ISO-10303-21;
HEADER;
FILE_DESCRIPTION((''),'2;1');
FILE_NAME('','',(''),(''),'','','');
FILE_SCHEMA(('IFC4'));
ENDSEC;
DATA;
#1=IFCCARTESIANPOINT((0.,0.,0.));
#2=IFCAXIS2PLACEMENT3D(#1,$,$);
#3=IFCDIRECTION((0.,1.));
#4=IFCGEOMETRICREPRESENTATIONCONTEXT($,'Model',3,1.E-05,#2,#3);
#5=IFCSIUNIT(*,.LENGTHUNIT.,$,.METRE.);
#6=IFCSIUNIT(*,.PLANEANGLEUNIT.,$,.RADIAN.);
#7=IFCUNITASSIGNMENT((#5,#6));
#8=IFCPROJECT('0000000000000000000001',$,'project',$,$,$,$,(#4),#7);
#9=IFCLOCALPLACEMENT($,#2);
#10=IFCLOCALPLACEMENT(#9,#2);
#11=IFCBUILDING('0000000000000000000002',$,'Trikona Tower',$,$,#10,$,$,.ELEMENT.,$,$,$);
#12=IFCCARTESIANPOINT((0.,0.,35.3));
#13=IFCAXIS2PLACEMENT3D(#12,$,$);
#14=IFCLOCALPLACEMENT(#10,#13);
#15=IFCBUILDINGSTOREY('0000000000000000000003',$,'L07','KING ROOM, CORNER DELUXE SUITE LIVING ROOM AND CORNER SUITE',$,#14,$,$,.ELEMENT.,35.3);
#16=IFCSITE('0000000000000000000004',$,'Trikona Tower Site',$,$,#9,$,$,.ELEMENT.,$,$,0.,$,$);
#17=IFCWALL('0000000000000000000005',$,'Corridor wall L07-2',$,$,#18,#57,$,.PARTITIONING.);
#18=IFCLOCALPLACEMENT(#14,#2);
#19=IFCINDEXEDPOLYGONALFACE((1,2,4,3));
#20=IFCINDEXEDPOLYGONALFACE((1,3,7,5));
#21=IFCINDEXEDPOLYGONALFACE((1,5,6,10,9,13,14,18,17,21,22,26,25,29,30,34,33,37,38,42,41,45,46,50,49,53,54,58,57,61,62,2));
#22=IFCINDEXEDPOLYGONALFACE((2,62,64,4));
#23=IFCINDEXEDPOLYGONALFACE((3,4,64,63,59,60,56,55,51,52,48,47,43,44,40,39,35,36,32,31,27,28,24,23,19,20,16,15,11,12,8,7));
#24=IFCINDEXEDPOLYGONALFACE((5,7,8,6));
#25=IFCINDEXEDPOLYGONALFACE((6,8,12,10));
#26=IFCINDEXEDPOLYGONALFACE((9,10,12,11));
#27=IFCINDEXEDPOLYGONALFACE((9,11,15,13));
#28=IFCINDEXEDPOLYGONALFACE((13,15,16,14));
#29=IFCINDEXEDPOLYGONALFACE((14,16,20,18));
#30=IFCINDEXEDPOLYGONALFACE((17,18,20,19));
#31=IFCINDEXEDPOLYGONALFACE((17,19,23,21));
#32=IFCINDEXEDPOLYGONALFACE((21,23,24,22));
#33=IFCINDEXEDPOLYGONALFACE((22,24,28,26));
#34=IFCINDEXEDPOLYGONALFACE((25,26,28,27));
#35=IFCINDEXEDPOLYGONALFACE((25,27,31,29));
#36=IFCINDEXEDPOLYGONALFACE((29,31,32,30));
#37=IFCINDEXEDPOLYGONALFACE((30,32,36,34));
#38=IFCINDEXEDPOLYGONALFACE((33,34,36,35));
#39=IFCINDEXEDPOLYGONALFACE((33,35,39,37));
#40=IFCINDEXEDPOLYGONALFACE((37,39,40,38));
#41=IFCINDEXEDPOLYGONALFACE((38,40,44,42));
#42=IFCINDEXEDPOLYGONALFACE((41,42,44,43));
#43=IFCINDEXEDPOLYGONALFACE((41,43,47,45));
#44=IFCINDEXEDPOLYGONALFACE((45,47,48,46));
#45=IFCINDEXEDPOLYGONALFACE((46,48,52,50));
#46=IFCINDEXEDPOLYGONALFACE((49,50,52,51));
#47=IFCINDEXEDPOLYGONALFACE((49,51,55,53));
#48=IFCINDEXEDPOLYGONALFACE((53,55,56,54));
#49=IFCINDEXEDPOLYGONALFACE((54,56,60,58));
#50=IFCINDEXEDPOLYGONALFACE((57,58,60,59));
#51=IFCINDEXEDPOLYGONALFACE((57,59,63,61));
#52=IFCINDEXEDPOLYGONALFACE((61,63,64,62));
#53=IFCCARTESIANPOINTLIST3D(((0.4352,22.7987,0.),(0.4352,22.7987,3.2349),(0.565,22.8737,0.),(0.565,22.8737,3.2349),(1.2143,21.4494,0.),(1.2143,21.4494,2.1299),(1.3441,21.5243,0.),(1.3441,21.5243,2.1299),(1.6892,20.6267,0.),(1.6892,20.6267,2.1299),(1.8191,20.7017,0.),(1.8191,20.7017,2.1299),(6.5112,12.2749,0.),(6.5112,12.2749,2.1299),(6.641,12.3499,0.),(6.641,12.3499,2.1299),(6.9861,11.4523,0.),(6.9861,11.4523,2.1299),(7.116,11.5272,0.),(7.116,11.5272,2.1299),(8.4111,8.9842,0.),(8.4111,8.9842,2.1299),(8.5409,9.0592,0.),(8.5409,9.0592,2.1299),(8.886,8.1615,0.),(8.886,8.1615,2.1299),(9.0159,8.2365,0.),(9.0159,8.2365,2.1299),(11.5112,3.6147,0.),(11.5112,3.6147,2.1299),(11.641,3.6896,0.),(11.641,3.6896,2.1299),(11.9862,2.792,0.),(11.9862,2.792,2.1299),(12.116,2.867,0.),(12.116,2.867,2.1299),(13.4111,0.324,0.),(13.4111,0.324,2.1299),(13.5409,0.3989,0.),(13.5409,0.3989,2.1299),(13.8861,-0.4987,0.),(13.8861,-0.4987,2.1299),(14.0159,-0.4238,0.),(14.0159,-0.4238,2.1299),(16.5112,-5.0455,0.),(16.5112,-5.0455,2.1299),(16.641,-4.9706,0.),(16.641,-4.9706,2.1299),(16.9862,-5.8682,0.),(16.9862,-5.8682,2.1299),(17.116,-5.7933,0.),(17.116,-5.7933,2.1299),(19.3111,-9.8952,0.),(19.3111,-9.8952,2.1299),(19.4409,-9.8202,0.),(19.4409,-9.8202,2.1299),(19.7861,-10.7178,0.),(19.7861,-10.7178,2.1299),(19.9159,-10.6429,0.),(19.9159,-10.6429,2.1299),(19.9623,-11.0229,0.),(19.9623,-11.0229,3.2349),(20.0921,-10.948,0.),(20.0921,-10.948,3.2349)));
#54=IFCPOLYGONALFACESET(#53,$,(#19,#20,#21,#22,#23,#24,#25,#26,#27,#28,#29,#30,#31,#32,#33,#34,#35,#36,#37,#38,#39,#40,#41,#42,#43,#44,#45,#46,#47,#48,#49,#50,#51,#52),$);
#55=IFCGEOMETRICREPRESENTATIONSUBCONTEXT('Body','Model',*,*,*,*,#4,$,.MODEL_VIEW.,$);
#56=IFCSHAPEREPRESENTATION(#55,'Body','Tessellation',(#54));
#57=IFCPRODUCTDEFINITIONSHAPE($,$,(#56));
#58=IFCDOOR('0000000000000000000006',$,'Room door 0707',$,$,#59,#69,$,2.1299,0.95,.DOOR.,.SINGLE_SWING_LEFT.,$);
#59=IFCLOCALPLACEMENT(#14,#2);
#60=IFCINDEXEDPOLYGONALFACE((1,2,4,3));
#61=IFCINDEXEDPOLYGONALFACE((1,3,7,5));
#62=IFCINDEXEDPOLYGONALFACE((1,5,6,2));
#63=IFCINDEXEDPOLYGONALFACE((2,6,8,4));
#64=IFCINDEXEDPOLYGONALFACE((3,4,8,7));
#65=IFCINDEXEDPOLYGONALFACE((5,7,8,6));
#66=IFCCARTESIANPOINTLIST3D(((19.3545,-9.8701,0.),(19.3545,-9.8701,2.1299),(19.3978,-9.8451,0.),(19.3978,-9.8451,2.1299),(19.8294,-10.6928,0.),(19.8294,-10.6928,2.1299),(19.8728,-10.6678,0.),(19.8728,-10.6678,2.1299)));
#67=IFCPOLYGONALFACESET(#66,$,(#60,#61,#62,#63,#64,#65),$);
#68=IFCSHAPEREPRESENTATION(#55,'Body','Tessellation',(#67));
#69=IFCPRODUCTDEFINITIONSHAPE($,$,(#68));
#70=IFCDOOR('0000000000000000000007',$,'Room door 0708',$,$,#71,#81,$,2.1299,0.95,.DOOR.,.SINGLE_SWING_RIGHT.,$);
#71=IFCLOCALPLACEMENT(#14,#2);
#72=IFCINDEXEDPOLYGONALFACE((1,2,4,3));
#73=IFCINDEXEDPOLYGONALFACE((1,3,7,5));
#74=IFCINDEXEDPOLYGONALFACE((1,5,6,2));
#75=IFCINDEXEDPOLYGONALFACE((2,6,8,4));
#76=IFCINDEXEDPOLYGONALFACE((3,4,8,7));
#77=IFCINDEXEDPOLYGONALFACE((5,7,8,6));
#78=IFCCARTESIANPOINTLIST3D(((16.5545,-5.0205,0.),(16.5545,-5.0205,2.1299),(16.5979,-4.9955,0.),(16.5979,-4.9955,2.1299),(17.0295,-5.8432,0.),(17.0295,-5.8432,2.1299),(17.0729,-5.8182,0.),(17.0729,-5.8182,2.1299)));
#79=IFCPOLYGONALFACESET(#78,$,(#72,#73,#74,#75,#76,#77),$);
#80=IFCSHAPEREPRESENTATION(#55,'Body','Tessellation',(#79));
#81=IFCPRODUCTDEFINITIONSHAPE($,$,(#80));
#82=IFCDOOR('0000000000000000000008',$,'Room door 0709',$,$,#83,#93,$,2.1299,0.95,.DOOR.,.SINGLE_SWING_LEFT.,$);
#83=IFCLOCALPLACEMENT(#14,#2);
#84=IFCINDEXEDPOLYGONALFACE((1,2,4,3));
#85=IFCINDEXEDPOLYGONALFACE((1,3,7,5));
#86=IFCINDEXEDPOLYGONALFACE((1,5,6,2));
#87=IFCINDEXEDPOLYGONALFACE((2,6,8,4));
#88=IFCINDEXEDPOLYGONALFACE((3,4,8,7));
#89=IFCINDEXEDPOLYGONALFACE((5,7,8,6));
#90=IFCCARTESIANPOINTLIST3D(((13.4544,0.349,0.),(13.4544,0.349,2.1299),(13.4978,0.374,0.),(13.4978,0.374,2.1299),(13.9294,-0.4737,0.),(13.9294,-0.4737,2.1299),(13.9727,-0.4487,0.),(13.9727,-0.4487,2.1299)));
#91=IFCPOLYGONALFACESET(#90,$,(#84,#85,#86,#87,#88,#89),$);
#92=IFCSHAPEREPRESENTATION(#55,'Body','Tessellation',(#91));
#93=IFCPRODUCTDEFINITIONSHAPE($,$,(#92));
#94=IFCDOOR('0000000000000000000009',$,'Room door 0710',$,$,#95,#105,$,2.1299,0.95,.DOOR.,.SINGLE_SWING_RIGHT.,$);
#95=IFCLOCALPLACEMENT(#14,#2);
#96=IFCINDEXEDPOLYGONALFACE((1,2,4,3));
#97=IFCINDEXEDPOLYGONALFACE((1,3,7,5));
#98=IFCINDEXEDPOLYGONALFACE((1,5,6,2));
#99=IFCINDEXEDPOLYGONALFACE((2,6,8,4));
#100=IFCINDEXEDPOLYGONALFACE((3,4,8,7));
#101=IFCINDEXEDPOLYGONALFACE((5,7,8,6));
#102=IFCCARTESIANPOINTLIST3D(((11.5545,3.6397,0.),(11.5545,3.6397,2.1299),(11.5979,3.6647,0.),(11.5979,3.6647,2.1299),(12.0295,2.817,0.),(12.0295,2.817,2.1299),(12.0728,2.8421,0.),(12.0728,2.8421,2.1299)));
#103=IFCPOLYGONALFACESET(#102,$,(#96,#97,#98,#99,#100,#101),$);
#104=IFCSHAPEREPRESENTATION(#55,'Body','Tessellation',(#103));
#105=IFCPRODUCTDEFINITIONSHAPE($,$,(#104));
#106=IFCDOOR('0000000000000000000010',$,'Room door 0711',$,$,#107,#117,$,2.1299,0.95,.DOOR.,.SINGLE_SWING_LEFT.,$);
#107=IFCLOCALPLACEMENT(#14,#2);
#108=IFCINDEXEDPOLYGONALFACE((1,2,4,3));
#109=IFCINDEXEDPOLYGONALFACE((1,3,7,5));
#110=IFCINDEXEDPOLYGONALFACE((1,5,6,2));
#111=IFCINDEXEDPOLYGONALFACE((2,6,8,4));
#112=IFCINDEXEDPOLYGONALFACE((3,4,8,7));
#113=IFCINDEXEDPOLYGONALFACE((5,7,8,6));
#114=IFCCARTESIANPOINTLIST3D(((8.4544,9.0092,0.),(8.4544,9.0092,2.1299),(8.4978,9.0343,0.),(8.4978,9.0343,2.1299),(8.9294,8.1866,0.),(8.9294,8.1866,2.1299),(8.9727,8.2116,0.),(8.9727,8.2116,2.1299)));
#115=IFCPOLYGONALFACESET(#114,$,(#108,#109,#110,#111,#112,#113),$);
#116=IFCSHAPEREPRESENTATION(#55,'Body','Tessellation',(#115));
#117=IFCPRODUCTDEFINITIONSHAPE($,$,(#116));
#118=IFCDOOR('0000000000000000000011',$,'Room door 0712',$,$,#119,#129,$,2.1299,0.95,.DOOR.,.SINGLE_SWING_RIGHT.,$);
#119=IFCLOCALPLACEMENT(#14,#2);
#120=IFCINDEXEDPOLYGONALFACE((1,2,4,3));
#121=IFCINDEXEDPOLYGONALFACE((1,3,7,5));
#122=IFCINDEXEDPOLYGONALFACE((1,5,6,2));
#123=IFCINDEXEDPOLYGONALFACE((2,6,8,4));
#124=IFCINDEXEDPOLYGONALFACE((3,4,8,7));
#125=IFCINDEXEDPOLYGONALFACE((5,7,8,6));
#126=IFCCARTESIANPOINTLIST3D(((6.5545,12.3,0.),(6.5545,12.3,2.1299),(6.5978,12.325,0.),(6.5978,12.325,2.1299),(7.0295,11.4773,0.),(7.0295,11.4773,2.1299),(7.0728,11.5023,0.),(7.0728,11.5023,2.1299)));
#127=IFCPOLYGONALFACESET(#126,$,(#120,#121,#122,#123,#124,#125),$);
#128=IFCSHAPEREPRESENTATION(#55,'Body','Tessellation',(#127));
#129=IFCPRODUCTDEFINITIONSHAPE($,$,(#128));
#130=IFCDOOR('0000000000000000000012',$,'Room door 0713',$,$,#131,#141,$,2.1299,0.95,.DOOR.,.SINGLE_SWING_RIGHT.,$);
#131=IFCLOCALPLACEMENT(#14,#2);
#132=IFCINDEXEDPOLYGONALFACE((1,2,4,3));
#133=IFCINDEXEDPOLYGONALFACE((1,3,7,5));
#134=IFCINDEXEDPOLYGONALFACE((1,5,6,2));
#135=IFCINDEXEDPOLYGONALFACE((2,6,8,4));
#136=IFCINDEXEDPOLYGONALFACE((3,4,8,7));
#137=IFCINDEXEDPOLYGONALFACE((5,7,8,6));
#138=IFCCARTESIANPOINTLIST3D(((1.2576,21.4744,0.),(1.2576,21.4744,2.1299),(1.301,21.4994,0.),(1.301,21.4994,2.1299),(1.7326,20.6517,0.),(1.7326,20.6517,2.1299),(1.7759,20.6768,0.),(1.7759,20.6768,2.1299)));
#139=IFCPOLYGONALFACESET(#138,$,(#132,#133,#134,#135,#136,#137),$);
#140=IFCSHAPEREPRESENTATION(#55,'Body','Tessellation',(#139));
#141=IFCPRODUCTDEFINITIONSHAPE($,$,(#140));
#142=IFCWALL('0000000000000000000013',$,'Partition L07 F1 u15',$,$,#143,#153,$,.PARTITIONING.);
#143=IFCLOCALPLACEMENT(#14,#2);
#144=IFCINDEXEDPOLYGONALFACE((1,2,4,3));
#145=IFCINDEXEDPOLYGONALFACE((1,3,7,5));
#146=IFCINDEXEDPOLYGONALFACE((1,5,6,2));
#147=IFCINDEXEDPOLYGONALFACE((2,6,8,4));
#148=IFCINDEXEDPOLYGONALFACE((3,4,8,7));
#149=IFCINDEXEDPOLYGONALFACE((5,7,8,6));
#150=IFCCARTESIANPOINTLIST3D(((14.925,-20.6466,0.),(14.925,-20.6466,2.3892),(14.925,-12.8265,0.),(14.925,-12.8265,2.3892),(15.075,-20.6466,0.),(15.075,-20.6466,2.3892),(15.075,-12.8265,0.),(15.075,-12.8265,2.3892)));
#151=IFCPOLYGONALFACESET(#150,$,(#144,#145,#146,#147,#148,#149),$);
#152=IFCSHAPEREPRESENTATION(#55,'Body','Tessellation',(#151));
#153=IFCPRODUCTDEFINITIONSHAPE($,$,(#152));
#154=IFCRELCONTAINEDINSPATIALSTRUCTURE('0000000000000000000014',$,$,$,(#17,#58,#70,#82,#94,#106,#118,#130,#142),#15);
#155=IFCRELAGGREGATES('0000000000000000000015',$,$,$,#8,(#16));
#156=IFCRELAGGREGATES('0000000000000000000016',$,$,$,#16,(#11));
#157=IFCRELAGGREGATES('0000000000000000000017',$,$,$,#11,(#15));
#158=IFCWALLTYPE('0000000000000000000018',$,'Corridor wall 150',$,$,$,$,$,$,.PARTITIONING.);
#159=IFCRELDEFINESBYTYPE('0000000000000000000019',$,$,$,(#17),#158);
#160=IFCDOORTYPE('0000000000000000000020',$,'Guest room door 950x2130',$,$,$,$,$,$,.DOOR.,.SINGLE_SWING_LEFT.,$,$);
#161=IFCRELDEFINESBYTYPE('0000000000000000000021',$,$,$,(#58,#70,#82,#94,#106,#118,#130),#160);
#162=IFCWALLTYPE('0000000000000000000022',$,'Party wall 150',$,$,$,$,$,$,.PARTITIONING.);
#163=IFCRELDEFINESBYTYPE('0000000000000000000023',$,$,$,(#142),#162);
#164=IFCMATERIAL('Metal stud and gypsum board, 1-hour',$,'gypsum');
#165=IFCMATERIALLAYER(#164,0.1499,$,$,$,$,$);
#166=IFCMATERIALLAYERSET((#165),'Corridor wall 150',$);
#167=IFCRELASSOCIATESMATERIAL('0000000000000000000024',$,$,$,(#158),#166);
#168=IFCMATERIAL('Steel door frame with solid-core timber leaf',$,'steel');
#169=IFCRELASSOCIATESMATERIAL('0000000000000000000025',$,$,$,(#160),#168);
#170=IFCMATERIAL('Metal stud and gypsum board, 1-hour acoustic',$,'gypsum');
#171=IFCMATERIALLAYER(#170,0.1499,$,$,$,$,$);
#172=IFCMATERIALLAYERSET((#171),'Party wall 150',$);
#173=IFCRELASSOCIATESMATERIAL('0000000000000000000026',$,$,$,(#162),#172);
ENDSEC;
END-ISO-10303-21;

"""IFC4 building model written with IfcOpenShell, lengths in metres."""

from ifc_helpers import new_model, si_unit, direction, frame, frame_2d, origin, place, context, subcontext, project, spatial, rectangle, extrude, material, layer, layer_set, type_object, element, fill, save


model = new_model("IFC4")

# Units and contexts
model_context = context("Model", 3, precision=1e-05, world=origin(), true_north=direction((0.0, 1.0)))
body_context = subcontext(model_context, "Body", "Model", "MODEL_VIEW")
ifc_project = project(units=[si_unit("LENGTHUNIT", "METRE"), si_unit("PLANEANGLEUNIT", "RADIAN")], contexts=[model_context])

# Site, building, storey
site_placement = place(None, origin())
site = spatial("IfcSite", under=ifc_project, at=site_placement, Name="Trikona Tower Site", CompositionType="ELEMENT", RefElevation=0.0)
building_placement = place(site_placement, origin())
building = spatial("IfcBuilding", under=site, at=building_placement, Name="Trikona Tower", CompositionType="ELEMENT")
storey_placement = place(building_placement, frame((0.0, 0.0, 35.3)))
storey = spatial("IfcBuildingStorey", under=building, at=storey_placement, Name="L07", Description="KING ROOM, CORNER DELUXE SUITE LIVING ROOM AND CORNER SUITE", CompositionType="ELEMENT", Elevation=35.3)

# Wall, openings, doors
ifc_material_1 = material(Name="Metal stud and gypsum board, 1-hour", Category="gypsum")
ifc_layer_1 = layer(ifc_material_1, 0.1499)
ifc_layer_set_1 = layer_set([ifc_layer_1], Name="Corridor wall 150")
wall_type_1 = type_object("IfcWallType", Name="Corridor wall 150", PredefinedType="PARTITIONING", material=ifc_layer_set_1)
wall_1_placement = place(storey_placement, frame((20.0271, -10.9854, 0.0), z_axis=(0.0, 0.0, 1.0), x_axis=(-0.500002, 0.866024, 0.0)))
wall_1 = element("IfcWall", 1, at=wall_1_placement, inside=storey, type_object=wall_type_1, Name="Corridor wall L07-2", PredefinedType="PARTITIONING", context=body_context, shape_type="SweptSolid", body=[
    extrude(rectangle(XDim=39.054, YDim=0.1499, at=frame_2d((19.5269, 0.0))), origin(), (0.0, 0.0, 1.0), 3.2349),
])
opening_1_placement = place(wall_1_placement, frame((0.3521, 0.0, 0.0)))
opening_1 = element("IfcOpeningElement", 2, at=opening_1_placement, cuts=wall_1, PredefinedType="OPENING", context=body_context, shape_type="SweptSolid", body=[
    extrude(rectangle(XDim=0.95, YDim=2.1299, at=frame_2d((0.4751, 1.0649))), frame((0.0, 0.085, 0.0), z_axis=(0.0, -1.0, 0.0), x_axis=(1.0, 0.0, 0.0)), (0.0, 0.0, 1.0), 0.1699),
])
opening_2_placement = place(wall_1_placement, frame((5.9519, 0.0, 0.0)))
opening_2 = element("IfcOpeningElement", 3, at=opening_2_placement, cuts=wall_1, PredefinedType="OPENING", context=body_context, shape_type="SweptSolid", body=[
    extrude(rectangle(XDim=0.95, YDim=2.1299, at=frame_2d((0.4751, 1.0649))), frame((0.0, 0.085, 0.0), z_axis=(0.0, -1.0, 0.0), x_axis=(1.0, 0.0, 0.0)), (0.0, 0.0, 1.0), 0.1699),
])
opening_3_placement = place(wall_1_placement, frame((12.1521, 0.0, 0.0)))
opening_3 = element("IfcOpeningElement", 4, at=opening_3_placement, cuts=wall_1, PredefinedType="OPENING", context=body_context, shape_type="SweptSolid", body=[
    extrude(rectangle(XDim=0.95, YDim=2.1299, at=frame_2d((0.4751, 1.0649))), frame((0.0, 0.085, 0.0), z_axis=(0.0, -1.0, 0.0), x_axis=(1.0, 0.0, 0.0)), (0.0, 0.0, 1.0), 0.1699),
])
opening_4_placement = place(wall_1_placement, frame((15.9519, 0.0, 0.0)))
opening_4 = element("IfcOpeningElement", 5, at=opening_4_placement, cuts=wall_1, PredefinedType="OPENING", context=body_context, shape_type="SweptSolid", body=[
    extrude(rectangle(XDim=0.95, YDim=2.1299, at=frame_2d((0.4751, 1.0649))), frame((0.0, 0.085, 0.0), z_axis=(0.0, -1.0, 0.0), x_axis=(1.0, 0.0, 0.0)), (0.0, 0.0, 1.0), 0.1699),
])
opening_5_placement = place(wall_1_placement, frame((22.1521, 0.0, 0.0)))
opening_5 = element("IfcOpeningElement", 6, at=opening_5_placement, cuts=wall_1, PredefinedType="OPENING", context=body_context, shape_type="SweptSolid", body=[
    extrude(rectangle(XDim=0.95, YDim=2.1299, at=frame_2d((0.4751, 1.0649))), frame((0.0, 0.085, 0.0), z_axis=(0.0, -1.0, 0.0), x_axis=(1.0, 0.0, 0.0)), (0.0, 0.0, 1.0), 0.1699),
])
opening_6_placement = place(wall_1_placement, frame((25.9519, 0.0, 0.0)))
opening_6 = element("IfcOpeningElement", 7, at=opening_6_placement, cuts=wall_1, PredefinedType="OPENING", context=body_context, shape_type="SweptSolid", body=[
    extrude(rectangle(XDim=0.95, YDim=2.1299, at=frame_2d((0.4751, 1.0649))), frame((0.0, 0.085, 0.0), z_axis=(0.0, -1.0, 0.0), x_axis=(1.0, 0.0, 0.0)), (0.0, 0.0, 1.0), 0.1699),
])
opening_7_placement = place(wall_1_placement, frame((36.5457, 0.0, 0.0)))
opening_7 = element("IfcOpeningElement", 8, at=opening_7_placement, cuts=wall_1, PredefinedType="OPENING", context=body_context, shape_type="SweptSolid", body=[
    extrude(rectangle(XDim=0.95, YDim=2.1299, at=frame_2d((0.4751, 1.0649))), frame((0.0, 0.085, 0.0), z_axis=(0.0, -1.0, 0.0), x_axis=(1.0, 0.0, 0.0)), (0.0, 0.0, 1.0), 0.1699),
])
ifc_material_2 = material(Name="Steel door frame with solid-core timber leaf", Category="steel")
door_type_1 = type_object("IfcDoorType", Name="Guest room door 950x2130", OperationType="SINGLE_SWING_LEFT", PredefinedType="DOOR", material=ifc_material_2)
door_1_placement = place(opening_1_placement, origin())
door_1 = element("IfcDoor", 9, at=door_1_placement, inside=storey, type_object=door_type_1, Name="Room door 0707", OperationType="SINGLE_SWING_LEFT", OverallHeight=2.1299, OverallWidth=0.95, PredefinedType="DOOR", context=body_context, shape_type="SweptSolid", body=[
    extrude(rectangle(XDim=0.95, YDim=2.1299, at=frame_2d((0.4751, 1.0649))), frame((0.0, 0.0249, 0.0), z_axis=(0.0, -1.0, 0.0), x_axis=(1.0, 0.0, 0.0)), (0.0, 0.0, 1.0), 0.05),
])
fill(opening_1, door_1)
door_2_placement = place(opening_2_placement, origin())
door_2 = element("IfcDoor", 10, at=door_2_placement, inside=storey, type_object=door_type_1, Name="Room door 0708", OperationType="SINGLE_SWING_RIGHT", OverallHeight=2.1299, OverallWidth=0.95, PredefinedType="DOOR", context=body_context, shape_type="SweptSolid", body=[
    extrude(rectangle(XDim=0.95, YDim=2.1299, at=frame_2d((0.4751, 1.0649))), frame((0.0, 0.0249, 0.0), z_axis=(0.0, -1.0, 0.0), x_axis=(1.0, 0.0, 0.0)), (0.0, 0.0, 1.0), 0.05),
])
fill(opening_2, door_2)
door_3_placement = place(opening_3_placement, origin())
door_3 = element("IfcDoor", 11, at=door_3_placement, inside=storey, type_object=door_type_1, Name="Room door 0709", OperationType="SINGLE_SWING_LEFT", OverallHeight=2.1299, OverallWidth=0.95, PredefinedType="DOOR", context=body_context, shape_type="SweptSolid", body=[
    extrude(rectangle(XDim=0.95, YDim=2.1299, at=frame_2d((0.4751, 1.0649))), frame((0.0, 0.0249, 0.0), z_axis=(0.0, -1.0, 0.0), x_axis=(1.0, 0.0, 0.0)), (0.0, 0.0, 1.0), 0.05),
])
fill(opening_3, door_3)
door_4_placement = place(opening_4_placement, origin())
door_4 = element("IfcDoor", 12, at=door_4_placement, inside=storey, type_object=door_type_1, Name="Room door 0710", OperationType="SINGLE_SWING_RIGHT", OverallHeight=2.1299, OverallWidth=0.95, PredefinedType="DOOR", context=body_context, shape_type="SweptSolid", body=[
    extrude(rectangle(XDim=0.95, YDim=2.1299, at=frame_2d((0.4751, 1.0649))), frame((0.0, 0.0249, 0.0), z_axis=(0.0, -1.0, 0.0), x_axis=(1.0, 0.0, 0.0)), (0.0, 0.0, 1.0), 0.05),
])
fill(opening_4, door_4)
door_5_placement = place(opening_5_placement, origin())
door_5 = element("IfcDoor", 13, at=door_5_placement, inside=storey, type_object=door_type_1, Name="Room door 0711", OperationType="SINGLE_SWING_LEFT", OverallHeight=2.1299, OverallWidth=0.95, PredefinedType="DOOR", context=body_context, shape_type="SweptSolid", body=[
    extrude(rectangle(XDim=0.95, YDim=2.1299, at=frame_2d((0.4751, 1.0649))), frame((0.0, 0.0249, 0.0), z_axis=(0.0, -1.0, 0.0), x_axis=(1.0, 0.0, 0.0)), (0.0, 0.0, 1.0), 0.05),
])
fill(opening_5, door_5)
door_6_placement = place(opening_6_placement, origin())
door_6 = element("IfcDoor", 14, at=door_6_placement, inside=storey, type_object=door_type_1, Name="Room door 0712", OperationType="SINGLE_SWING_RIGHT", OverallHeight=2.1299, OverallWidth=0.95, PredefinedType="DOOR", context=body_context, shape_type="SweptSolid", body=[
    extrude(rectangle(XDim=0.95, YDim=2.1299, at=frame_2d((0.4751, 1.0649))), frame((0.0, 0.0249, 0.0), z_axis=(0.0, -1.0, 0.0), x_axis=(1.0, 0.0, 0.0)), (0.0, 0.0, 1.0), 0.05),
])
fill(opening_6, door_6)
door_7_placement = place(opening_7_placement, origin())
door_7 = element("IfcDoor", 15, at=door_7_placement, inside=storey, type_object=door_type_1, Name="Room door 0713", OperationType="SINGLE_SWING_RIGHT", OverallHeight=2.1299, OverallWidth=0.95, PredefinedType="DOOR", context=body_context, shape_type="SweptSolid", body=[
    extrude(rectangle(XDim=0.95, YDim=2.1299, at=frame_2d((0.4751, 1.0649))), frame((0.0, 0.0249, 0.0), z_axis=(0.0, -1.0, 0.0), x_axis=(1.0, 0.0, 0.0)), (0.0, 0.0, 1.0), 0.05),
])
fill(opening_7, door_7)

# Wall
ifc_material_3 = material(Name="Metal stud and gypsum board, 1-hour acoustic", Category="gypsum")
ifc_layer_2 = layer(ifc_material_3, 0.1499)
ifc_layer_set_2 = layer_set([ifc_layer_2], Name="Party wall 150")
wall_type_2 = type_object("IfcWallType", Name="Party wall 150", PredefinedType="PARTITIONING", material=ifc_layer_set_2)
wall_2_placement = place(storey_placement, frame((15.0, -12.8264, 0.0), z_axis=(0.0, 0.0, 1.0), x_axis=(0.0, -1.0, 0.0)))
element("IfcWall", 16, at=wall_2_placement, inside=storey, type_object=wall_type_2, Name="Partition L07 F1 u15", PredefinedType="PARTITIONING", context=body_context, shape_type="SweptSolid", body=[
    extrude(rectangle(XDim=7.8201, YDim=0.1499, at=frame_2d((3.9102, 0.0))), origin(), (0.0, 0.0, 1.0), 2.3892),
])

save(model, "model.ifc")
